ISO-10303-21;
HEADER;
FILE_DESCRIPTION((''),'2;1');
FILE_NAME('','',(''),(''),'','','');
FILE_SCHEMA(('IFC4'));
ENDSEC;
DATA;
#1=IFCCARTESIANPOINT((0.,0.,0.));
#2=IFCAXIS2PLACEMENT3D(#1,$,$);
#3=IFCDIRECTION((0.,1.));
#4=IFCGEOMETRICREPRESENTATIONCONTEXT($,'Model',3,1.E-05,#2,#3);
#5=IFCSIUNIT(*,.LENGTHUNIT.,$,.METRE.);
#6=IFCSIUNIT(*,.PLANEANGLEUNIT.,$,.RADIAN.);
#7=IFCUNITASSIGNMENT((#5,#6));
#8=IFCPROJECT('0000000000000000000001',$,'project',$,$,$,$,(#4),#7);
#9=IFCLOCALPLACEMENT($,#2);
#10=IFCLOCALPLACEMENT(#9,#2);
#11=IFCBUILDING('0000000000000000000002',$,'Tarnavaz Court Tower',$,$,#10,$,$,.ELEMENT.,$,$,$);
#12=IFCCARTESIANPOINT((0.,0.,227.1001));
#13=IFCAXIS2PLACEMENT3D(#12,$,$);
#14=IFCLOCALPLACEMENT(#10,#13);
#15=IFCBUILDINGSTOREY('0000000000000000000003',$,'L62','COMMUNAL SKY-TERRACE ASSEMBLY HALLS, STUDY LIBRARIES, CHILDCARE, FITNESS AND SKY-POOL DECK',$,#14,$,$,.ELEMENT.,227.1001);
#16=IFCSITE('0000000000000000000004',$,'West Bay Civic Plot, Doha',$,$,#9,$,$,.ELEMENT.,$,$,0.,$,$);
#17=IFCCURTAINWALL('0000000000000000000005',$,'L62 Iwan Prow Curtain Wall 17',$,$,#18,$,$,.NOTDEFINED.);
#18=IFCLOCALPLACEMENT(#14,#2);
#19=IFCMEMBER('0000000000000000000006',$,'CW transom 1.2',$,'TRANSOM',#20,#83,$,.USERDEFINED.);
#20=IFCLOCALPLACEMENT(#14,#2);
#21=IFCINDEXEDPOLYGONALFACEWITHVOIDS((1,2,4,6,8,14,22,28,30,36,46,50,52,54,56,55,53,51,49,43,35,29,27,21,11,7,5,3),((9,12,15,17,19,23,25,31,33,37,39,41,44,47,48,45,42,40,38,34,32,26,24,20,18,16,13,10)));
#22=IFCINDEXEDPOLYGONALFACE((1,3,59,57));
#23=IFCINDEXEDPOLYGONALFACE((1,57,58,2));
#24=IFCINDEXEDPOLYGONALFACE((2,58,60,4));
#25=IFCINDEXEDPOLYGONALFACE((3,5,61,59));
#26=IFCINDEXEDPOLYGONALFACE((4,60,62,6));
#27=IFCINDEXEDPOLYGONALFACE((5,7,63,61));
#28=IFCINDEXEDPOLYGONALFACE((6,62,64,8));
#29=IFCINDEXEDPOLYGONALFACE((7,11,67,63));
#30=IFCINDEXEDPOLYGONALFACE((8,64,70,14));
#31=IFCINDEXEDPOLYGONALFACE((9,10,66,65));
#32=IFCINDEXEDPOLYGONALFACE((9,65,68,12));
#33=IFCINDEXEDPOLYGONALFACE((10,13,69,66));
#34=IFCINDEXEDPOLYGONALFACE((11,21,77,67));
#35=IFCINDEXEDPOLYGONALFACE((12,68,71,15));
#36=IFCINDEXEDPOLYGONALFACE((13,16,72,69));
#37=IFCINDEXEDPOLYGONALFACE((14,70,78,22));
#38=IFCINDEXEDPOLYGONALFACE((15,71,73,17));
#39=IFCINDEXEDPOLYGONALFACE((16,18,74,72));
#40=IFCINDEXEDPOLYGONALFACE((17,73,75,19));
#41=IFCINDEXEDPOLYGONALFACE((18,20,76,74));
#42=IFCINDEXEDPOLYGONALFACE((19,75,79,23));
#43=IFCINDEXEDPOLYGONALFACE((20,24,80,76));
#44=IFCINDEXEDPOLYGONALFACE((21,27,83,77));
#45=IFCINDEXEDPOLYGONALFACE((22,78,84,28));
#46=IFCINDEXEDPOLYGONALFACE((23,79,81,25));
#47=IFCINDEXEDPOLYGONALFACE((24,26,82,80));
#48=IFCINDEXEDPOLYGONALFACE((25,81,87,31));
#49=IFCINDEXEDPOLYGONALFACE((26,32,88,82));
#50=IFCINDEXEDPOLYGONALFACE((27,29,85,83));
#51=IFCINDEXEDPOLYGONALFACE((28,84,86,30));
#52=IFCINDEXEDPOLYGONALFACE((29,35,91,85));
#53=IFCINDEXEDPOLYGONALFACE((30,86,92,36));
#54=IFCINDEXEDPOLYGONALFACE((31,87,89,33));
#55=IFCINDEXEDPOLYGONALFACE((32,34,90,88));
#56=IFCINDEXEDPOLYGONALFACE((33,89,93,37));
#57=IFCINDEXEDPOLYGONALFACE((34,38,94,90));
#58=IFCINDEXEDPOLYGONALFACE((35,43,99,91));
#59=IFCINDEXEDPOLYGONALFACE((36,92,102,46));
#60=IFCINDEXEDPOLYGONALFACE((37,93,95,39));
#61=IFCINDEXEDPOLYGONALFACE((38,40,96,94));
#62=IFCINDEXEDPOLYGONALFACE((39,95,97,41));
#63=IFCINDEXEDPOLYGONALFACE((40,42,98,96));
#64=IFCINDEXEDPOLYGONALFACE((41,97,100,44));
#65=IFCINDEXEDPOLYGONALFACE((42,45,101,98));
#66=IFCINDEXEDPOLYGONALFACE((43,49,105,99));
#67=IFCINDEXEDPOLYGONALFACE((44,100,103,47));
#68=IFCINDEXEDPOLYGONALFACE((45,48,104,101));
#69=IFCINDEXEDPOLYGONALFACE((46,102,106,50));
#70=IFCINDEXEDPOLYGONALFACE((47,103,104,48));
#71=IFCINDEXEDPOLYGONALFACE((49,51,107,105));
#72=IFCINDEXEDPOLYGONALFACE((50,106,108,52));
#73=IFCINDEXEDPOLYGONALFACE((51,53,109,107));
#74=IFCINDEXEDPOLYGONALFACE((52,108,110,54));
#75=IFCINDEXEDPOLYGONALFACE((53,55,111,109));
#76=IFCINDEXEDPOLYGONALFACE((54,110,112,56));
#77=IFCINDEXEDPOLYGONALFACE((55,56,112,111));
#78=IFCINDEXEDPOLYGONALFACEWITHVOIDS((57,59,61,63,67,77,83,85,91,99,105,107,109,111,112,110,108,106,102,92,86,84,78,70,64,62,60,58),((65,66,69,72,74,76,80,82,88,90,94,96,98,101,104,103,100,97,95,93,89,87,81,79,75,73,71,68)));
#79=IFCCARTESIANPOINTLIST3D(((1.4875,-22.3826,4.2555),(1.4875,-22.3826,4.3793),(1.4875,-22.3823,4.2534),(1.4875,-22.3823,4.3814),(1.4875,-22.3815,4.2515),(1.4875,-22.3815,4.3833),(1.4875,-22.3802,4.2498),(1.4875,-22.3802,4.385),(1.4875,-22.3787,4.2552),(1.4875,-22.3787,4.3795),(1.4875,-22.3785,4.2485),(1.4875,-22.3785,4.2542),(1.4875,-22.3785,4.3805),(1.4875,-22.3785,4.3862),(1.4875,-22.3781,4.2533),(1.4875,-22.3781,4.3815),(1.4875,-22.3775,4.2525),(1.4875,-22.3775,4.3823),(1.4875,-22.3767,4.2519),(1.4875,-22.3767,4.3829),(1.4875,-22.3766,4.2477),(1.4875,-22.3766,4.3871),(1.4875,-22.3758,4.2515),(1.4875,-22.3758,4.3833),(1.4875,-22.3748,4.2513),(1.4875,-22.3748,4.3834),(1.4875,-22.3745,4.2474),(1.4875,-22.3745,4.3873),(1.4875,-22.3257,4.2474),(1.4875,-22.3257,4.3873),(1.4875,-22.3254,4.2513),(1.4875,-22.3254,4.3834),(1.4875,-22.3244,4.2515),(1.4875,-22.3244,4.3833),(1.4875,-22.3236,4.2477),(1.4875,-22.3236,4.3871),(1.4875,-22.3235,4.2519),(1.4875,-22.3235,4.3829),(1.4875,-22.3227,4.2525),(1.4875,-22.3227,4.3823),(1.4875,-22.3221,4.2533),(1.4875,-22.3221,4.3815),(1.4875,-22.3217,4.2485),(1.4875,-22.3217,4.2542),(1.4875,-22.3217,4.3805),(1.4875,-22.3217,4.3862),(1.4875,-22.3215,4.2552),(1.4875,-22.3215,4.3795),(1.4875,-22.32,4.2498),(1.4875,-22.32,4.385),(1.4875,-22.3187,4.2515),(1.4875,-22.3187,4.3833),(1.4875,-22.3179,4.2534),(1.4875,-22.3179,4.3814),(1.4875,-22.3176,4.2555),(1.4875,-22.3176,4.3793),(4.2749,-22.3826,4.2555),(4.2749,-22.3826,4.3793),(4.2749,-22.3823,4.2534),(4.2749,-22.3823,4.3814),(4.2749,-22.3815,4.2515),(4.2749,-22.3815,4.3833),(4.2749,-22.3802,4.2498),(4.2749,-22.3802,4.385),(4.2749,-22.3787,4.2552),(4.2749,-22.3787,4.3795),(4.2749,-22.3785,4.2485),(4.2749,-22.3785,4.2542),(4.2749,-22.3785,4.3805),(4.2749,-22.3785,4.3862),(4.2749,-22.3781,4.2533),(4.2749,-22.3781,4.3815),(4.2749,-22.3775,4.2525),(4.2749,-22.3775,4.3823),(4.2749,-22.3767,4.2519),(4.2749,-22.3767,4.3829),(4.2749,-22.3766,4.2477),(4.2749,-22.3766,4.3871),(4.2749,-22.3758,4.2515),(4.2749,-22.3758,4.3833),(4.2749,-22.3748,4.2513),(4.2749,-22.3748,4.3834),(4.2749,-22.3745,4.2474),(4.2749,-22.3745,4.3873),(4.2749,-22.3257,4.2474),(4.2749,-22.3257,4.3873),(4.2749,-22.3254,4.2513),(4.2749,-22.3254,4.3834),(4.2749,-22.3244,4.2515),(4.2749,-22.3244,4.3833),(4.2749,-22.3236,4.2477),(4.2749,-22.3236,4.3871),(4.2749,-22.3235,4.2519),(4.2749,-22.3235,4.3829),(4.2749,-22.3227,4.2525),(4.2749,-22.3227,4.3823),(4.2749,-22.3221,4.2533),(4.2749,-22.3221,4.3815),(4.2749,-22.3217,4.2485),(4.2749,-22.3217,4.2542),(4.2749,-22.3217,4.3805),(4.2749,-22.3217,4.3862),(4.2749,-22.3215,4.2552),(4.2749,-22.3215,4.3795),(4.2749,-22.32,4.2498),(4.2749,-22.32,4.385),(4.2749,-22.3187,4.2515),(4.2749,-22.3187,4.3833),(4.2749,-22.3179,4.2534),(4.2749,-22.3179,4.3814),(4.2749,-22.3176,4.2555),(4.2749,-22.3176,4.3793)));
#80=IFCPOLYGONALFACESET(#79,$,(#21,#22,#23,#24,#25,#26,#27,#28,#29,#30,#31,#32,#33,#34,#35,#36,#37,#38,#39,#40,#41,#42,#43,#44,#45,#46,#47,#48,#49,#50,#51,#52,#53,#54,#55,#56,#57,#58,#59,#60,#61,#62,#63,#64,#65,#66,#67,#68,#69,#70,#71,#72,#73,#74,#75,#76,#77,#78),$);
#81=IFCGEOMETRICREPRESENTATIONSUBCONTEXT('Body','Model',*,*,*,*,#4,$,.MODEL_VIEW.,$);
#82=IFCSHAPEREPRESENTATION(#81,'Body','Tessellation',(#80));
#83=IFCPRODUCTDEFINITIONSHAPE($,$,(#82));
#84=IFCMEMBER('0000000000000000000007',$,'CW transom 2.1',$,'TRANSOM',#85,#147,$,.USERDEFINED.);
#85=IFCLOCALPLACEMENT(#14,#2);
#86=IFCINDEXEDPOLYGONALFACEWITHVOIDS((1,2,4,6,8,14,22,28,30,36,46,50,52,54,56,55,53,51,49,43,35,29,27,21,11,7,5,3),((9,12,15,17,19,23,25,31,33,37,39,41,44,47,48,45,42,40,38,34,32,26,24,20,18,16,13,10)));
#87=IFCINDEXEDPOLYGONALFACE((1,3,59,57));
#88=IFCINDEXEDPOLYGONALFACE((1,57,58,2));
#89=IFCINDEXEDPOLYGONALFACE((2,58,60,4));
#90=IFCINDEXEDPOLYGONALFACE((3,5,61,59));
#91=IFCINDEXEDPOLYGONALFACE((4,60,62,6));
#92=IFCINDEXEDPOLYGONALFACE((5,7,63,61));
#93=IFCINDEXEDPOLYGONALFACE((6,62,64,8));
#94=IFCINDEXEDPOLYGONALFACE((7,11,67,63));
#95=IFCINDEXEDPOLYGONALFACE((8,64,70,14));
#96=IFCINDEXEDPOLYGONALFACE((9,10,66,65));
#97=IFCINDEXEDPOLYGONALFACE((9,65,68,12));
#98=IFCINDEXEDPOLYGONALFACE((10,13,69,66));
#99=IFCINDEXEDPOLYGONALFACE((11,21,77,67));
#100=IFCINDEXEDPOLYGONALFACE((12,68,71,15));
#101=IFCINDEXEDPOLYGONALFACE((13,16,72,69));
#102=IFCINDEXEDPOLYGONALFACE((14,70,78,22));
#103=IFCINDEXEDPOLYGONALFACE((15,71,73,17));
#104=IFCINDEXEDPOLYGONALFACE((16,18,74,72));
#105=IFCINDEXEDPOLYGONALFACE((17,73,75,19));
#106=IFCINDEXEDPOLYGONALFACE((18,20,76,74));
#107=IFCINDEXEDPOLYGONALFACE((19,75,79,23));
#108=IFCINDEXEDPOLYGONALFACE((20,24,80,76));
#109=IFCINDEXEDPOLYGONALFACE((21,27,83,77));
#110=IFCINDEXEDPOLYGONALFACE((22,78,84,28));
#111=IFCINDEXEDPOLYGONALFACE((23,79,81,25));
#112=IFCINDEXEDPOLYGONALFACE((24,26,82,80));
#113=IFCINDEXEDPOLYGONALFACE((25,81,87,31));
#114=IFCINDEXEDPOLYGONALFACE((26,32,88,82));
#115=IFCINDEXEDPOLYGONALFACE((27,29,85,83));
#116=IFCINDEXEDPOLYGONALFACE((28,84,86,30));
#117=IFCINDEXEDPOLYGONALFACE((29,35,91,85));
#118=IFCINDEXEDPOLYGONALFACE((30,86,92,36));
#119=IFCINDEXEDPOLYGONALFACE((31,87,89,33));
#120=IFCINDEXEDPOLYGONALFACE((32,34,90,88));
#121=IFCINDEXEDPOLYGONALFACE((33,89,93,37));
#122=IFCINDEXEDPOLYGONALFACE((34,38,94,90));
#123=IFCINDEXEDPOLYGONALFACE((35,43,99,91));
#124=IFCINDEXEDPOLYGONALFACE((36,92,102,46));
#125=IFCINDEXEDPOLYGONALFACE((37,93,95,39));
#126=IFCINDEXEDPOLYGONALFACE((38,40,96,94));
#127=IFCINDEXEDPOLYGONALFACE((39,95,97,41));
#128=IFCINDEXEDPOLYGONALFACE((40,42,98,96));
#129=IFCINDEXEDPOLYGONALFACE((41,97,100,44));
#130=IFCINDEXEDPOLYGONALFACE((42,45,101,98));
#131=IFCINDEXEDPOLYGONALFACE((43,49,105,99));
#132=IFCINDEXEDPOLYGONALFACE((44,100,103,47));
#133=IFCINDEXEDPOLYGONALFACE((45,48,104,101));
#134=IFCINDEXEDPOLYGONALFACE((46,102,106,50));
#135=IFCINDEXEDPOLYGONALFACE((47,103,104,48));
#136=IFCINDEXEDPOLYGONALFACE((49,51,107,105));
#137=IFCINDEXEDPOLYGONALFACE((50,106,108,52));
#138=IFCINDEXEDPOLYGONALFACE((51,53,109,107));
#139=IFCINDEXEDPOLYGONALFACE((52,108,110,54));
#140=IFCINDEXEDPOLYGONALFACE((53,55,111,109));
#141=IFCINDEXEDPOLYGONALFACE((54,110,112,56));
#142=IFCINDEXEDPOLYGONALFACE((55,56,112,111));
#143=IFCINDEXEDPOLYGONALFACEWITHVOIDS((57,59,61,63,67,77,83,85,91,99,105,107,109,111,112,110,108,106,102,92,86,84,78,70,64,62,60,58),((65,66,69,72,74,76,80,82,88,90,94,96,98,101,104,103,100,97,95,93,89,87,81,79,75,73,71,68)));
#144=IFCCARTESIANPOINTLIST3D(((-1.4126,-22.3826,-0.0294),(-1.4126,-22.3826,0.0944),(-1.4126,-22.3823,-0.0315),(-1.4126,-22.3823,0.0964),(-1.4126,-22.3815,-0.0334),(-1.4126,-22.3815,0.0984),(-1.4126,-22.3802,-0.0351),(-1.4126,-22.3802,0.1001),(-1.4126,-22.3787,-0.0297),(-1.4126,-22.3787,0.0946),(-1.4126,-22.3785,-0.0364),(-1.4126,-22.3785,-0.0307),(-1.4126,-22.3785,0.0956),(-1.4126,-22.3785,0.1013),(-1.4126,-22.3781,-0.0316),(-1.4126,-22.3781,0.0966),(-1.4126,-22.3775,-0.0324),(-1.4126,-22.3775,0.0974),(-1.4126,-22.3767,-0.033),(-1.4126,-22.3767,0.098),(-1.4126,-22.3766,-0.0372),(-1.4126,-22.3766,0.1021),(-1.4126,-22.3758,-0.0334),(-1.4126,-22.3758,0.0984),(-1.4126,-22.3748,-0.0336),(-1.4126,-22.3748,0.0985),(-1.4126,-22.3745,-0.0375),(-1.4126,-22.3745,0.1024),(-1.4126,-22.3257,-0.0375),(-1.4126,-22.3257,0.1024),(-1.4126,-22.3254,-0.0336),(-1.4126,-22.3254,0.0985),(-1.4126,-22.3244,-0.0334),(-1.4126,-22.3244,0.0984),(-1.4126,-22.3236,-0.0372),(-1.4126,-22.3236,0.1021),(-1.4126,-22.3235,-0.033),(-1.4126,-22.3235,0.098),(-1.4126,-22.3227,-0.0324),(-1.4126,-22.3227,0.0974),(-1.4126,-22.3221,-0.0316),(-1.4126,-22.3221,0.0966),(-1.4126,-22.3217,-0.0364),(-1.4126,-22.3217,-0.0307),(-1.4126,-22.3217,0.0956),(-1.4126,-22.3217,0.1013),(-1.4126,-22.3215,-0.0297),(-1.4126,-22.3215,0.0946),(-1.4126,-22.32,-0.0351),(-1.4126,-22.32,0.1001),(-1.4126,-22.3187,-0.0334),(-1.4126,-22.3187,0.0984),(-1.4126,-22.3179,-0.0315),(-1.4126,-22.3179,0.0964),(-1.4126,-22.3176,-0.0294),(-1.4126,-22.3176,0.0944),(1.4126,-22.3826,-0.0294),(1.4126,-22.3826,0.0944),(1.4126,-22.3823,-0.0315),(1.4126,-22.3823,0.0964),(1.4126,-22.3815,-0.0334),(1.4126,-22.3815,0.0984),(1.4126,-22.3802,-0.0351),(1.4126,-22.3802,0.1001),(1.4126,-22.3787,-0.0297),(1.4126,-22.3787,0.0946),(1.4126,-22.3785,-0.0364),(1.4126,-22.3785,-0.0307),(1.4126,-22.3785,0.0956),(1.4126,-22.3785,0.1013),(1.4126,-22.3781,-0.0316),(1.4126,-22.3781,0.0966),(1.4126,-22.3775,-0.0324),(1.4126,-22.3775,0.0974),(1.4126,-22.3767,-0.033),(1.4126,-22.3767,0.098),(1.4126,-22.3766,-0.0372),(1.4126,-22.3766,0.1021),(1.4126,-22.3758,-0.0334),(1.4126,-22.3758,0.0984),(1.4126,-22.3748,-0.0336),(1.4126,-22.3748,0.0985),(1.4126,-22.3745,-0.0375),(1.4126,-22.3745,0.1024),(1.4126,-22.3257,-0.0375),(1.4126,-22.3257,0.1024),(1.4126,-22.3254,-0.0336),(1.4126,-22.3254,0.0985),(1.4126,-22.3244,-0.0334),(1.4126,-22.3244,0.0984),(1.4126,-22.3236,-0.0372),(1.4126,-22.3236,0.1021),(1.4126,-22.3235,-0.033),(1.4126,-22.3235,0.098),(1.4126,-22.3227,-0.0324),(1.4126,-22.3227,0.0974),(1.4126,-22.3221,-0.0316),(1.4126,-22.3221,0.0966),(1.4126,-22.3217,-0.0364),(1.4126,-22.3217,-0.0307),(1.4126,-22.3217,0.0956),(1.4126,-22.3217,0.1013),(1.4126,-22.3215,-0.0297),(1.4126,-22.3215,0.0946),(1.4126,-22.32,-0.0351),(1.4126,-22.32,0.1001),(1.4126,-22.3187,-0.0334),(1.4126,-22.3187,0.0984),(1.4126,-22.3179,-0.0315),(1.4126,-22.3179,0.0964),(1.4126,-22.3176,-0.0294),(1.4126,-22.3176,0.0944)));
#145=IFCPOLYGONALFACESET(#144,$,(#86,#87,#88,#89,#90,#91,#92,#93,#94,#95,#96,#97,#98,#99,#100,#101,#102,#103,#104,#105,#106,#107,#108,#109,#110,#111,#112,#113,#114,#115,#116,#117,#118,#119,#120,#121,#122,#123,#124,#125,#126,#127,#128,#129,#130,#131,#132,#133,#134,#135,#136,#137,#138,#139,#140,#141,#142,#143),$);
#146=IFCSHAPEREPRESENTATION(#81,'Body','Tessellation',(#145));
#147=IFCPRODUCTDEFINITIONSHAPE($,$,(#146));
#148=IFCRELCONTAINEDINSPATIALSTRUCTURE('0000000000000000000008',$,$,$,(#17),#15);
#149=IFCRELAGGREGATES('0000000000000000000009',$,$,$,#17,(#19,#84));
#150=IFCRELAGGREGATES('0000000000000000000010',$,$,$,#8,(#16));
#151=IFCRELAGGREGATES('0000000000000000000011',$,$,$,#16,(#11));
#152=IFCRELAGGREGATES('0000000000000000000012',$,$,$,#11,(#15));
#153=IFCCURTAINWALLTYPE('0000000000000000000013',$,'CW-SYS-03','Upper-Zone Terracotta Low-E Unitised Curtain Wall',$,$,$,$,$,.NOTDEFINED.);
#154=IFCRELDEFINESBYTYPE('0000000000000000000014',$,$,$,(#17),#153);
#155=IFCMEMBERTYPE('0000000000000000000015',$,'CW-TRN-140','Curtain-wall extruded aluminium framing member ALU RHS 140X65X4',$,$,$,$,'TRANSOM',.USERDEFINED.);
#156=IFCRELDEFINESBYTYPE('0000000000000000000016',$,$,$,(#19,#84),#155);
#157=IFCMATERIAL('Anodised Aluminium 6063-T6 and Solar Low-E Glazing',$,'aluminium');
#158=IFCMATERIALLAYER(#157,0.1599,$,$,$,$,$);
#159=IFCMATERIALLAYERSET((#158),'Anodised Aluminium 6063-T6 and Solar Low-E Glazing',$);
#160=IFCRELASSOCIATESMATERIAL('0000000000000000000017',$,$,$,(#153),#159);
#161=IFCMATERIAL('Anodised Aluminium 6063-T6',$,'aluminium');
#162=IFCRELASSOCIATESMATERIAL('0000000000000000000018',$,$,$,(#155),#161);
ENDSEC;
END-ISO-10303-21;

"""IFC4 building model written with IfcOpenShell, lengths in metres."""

from ifc_helpers import new_model, si_unit, direction, frame, origin, origin_2d, place, context, subcontext, project, spatial, hollow_rectangle, extrude, material, layer, layer_set, material_profile, profile_set, type_object, element, aggregate, save


model = new_model("IFC4")

# Units and contexts
model_context = context("Model", 3, precision=1e-05, world=origin(), true_north=direction((0.0, 1.0)))
body_context = subcontext(model_context, "Body", "Model", "MODEL_VIEW")
ifc_project = project(units=[si_unit("LENGTHUNIT", "METRE"), si_unit("PLANEANGLEUNIT", "RADIAN")], contexts=[model_context])

# Site, building, storey
site_placement = place(None, origin())
site = spatial("IfcSite", under=ifc_project, at=site_placement, Name="West Bay Civic Plot, Doha", CompositionType="ELEMENT", RefElevation=0.0)
building_placement = place(site_placement, origin())
building = spatial("IfcBuilding", under=site, at=building_placement, Name="Tarnavaz Court Tower", CompositionType="ELEMENT")
storey_placement = place(building_placement, frame((0.0, 0.0, 227.1001)))
storey = spatial("IfcBuildingStorey", under=building, at=storey_placement, Name="L62", Description="COMMUNAL SKY-TERRACE ASSEMBLY HALLS, STUDY LIBRARIES, CHILDCARE, FITNESS AND SKY-POOL DECK", CompositionType="ELEMENT", Elevation=227.1001)

# Curtain wall, members
ifc_material_1 = material(Name="Anodised Aluminium 6063-T6 and Solar Low-E Glazing", Category="aluminium")
ifc_layer_1 = layer(ifc_material_1, 0.1599)
ifc_layer_set_1 = layer_set([ifc_layer_1], Name="Anodised Aluminium 6063-T6 and Solar Low-E Glazing")
curtain_wall_type_1 = type_object("IfcCurtainWallType", Name="CW-SYS-03", Description="Upper-Zone Terracotta Low-E Unitised Curtain Wall", PredefinedType="NOTDEFINED", material=ifc_layer_set_1)
curtain_wall_1_placement = place(storey_placement, origin())
curtain_wall_1 = element("IfcCurtainWall", 1, at=curtain_wall_1_placement, inside=storey, type_object=curtain_wall_type_1, Name="L62 Iwan Prow Curtain Wall 17", PredefinedType="NOTDEFINED")
ifc_material_2 = material(Name="Anodised Aluminium 6063-T6", Category="aluminium")
ifc_material_profile_1 = material_profile(ifc_material_2, hollow_rectangle(XDim=0.0649, YDim=0.1399, WallThickness=0.0039, InnerFilletRadius=0.0039, OuterFilletRadius=0.0081, at=origin_2d()), Name="ALU RHS 140X65X4")
ifc_profile_set_1 = profile_set([ifc_material_profile_1], Name="Anodised Aluminium 6063-T6")
member_type_1 = type_object("IfcMemberType", Name="CW-TRN-140", Description="Curtain-wall extruded aluminium framing member ALU RHS 140X65X4", ElementType="TRANSOM", PredefinedType="USERDEFINED", material=ifc_profile_set_1)
member_1_placement = place(storey_placement, frame((4.2749, -22.3501, 4.3174), z_axis=(-1.0, 0.0, 0.0), x_axis=(0.0, -1.0, 0.0)))
member_1 = element("IfcMember", 2, at=member_1_placement, type_object=member_type_1, Name="CW transom 1.2", ObjectType="TRANSOM", PredefinedType="USERDEFINED", context=body_context, shape_type="SweptSolid", body=[
    extrude(hollow_rectangle(XDim=0.0649, YDim=0.1399, WallThickness=0.0039, InnerFilletRadius=0.0039, OuterFilletRadius=0.0081, at=origin_2d()), origin(), (0.0, 0.0, 1.0), 2.7874),
])
member_2_placement = place(storey_placement, frame((1.4126, -22.3501, 0.0325), z_axis=(-1.0, 0.0, 0.0), x_axis=(0.0, -1.0, 0.0)))
member_2 = element("IfcMember", 3, at=member_2_placement, type_object=member_type_1, Name="CW transom 2.1", ObjectType="TRANSOM", PredefinedType="USERDEFINED", context=body_context, shape_type="SweptSolid", body=[
    extrude(hollow_rectangle(XDim=0.0649, YDim=0.1399, WallThickness=0.0039, InnerFilletRadius=0.0039, OuterFilletRadius=0.0081, at=origin_2d()), origin(), (0.0, 0.0, 1.0), 2.8252),
])

aggregate(curtain_wall_1, [member_1, member_2])

save(model, "model.ifc")
